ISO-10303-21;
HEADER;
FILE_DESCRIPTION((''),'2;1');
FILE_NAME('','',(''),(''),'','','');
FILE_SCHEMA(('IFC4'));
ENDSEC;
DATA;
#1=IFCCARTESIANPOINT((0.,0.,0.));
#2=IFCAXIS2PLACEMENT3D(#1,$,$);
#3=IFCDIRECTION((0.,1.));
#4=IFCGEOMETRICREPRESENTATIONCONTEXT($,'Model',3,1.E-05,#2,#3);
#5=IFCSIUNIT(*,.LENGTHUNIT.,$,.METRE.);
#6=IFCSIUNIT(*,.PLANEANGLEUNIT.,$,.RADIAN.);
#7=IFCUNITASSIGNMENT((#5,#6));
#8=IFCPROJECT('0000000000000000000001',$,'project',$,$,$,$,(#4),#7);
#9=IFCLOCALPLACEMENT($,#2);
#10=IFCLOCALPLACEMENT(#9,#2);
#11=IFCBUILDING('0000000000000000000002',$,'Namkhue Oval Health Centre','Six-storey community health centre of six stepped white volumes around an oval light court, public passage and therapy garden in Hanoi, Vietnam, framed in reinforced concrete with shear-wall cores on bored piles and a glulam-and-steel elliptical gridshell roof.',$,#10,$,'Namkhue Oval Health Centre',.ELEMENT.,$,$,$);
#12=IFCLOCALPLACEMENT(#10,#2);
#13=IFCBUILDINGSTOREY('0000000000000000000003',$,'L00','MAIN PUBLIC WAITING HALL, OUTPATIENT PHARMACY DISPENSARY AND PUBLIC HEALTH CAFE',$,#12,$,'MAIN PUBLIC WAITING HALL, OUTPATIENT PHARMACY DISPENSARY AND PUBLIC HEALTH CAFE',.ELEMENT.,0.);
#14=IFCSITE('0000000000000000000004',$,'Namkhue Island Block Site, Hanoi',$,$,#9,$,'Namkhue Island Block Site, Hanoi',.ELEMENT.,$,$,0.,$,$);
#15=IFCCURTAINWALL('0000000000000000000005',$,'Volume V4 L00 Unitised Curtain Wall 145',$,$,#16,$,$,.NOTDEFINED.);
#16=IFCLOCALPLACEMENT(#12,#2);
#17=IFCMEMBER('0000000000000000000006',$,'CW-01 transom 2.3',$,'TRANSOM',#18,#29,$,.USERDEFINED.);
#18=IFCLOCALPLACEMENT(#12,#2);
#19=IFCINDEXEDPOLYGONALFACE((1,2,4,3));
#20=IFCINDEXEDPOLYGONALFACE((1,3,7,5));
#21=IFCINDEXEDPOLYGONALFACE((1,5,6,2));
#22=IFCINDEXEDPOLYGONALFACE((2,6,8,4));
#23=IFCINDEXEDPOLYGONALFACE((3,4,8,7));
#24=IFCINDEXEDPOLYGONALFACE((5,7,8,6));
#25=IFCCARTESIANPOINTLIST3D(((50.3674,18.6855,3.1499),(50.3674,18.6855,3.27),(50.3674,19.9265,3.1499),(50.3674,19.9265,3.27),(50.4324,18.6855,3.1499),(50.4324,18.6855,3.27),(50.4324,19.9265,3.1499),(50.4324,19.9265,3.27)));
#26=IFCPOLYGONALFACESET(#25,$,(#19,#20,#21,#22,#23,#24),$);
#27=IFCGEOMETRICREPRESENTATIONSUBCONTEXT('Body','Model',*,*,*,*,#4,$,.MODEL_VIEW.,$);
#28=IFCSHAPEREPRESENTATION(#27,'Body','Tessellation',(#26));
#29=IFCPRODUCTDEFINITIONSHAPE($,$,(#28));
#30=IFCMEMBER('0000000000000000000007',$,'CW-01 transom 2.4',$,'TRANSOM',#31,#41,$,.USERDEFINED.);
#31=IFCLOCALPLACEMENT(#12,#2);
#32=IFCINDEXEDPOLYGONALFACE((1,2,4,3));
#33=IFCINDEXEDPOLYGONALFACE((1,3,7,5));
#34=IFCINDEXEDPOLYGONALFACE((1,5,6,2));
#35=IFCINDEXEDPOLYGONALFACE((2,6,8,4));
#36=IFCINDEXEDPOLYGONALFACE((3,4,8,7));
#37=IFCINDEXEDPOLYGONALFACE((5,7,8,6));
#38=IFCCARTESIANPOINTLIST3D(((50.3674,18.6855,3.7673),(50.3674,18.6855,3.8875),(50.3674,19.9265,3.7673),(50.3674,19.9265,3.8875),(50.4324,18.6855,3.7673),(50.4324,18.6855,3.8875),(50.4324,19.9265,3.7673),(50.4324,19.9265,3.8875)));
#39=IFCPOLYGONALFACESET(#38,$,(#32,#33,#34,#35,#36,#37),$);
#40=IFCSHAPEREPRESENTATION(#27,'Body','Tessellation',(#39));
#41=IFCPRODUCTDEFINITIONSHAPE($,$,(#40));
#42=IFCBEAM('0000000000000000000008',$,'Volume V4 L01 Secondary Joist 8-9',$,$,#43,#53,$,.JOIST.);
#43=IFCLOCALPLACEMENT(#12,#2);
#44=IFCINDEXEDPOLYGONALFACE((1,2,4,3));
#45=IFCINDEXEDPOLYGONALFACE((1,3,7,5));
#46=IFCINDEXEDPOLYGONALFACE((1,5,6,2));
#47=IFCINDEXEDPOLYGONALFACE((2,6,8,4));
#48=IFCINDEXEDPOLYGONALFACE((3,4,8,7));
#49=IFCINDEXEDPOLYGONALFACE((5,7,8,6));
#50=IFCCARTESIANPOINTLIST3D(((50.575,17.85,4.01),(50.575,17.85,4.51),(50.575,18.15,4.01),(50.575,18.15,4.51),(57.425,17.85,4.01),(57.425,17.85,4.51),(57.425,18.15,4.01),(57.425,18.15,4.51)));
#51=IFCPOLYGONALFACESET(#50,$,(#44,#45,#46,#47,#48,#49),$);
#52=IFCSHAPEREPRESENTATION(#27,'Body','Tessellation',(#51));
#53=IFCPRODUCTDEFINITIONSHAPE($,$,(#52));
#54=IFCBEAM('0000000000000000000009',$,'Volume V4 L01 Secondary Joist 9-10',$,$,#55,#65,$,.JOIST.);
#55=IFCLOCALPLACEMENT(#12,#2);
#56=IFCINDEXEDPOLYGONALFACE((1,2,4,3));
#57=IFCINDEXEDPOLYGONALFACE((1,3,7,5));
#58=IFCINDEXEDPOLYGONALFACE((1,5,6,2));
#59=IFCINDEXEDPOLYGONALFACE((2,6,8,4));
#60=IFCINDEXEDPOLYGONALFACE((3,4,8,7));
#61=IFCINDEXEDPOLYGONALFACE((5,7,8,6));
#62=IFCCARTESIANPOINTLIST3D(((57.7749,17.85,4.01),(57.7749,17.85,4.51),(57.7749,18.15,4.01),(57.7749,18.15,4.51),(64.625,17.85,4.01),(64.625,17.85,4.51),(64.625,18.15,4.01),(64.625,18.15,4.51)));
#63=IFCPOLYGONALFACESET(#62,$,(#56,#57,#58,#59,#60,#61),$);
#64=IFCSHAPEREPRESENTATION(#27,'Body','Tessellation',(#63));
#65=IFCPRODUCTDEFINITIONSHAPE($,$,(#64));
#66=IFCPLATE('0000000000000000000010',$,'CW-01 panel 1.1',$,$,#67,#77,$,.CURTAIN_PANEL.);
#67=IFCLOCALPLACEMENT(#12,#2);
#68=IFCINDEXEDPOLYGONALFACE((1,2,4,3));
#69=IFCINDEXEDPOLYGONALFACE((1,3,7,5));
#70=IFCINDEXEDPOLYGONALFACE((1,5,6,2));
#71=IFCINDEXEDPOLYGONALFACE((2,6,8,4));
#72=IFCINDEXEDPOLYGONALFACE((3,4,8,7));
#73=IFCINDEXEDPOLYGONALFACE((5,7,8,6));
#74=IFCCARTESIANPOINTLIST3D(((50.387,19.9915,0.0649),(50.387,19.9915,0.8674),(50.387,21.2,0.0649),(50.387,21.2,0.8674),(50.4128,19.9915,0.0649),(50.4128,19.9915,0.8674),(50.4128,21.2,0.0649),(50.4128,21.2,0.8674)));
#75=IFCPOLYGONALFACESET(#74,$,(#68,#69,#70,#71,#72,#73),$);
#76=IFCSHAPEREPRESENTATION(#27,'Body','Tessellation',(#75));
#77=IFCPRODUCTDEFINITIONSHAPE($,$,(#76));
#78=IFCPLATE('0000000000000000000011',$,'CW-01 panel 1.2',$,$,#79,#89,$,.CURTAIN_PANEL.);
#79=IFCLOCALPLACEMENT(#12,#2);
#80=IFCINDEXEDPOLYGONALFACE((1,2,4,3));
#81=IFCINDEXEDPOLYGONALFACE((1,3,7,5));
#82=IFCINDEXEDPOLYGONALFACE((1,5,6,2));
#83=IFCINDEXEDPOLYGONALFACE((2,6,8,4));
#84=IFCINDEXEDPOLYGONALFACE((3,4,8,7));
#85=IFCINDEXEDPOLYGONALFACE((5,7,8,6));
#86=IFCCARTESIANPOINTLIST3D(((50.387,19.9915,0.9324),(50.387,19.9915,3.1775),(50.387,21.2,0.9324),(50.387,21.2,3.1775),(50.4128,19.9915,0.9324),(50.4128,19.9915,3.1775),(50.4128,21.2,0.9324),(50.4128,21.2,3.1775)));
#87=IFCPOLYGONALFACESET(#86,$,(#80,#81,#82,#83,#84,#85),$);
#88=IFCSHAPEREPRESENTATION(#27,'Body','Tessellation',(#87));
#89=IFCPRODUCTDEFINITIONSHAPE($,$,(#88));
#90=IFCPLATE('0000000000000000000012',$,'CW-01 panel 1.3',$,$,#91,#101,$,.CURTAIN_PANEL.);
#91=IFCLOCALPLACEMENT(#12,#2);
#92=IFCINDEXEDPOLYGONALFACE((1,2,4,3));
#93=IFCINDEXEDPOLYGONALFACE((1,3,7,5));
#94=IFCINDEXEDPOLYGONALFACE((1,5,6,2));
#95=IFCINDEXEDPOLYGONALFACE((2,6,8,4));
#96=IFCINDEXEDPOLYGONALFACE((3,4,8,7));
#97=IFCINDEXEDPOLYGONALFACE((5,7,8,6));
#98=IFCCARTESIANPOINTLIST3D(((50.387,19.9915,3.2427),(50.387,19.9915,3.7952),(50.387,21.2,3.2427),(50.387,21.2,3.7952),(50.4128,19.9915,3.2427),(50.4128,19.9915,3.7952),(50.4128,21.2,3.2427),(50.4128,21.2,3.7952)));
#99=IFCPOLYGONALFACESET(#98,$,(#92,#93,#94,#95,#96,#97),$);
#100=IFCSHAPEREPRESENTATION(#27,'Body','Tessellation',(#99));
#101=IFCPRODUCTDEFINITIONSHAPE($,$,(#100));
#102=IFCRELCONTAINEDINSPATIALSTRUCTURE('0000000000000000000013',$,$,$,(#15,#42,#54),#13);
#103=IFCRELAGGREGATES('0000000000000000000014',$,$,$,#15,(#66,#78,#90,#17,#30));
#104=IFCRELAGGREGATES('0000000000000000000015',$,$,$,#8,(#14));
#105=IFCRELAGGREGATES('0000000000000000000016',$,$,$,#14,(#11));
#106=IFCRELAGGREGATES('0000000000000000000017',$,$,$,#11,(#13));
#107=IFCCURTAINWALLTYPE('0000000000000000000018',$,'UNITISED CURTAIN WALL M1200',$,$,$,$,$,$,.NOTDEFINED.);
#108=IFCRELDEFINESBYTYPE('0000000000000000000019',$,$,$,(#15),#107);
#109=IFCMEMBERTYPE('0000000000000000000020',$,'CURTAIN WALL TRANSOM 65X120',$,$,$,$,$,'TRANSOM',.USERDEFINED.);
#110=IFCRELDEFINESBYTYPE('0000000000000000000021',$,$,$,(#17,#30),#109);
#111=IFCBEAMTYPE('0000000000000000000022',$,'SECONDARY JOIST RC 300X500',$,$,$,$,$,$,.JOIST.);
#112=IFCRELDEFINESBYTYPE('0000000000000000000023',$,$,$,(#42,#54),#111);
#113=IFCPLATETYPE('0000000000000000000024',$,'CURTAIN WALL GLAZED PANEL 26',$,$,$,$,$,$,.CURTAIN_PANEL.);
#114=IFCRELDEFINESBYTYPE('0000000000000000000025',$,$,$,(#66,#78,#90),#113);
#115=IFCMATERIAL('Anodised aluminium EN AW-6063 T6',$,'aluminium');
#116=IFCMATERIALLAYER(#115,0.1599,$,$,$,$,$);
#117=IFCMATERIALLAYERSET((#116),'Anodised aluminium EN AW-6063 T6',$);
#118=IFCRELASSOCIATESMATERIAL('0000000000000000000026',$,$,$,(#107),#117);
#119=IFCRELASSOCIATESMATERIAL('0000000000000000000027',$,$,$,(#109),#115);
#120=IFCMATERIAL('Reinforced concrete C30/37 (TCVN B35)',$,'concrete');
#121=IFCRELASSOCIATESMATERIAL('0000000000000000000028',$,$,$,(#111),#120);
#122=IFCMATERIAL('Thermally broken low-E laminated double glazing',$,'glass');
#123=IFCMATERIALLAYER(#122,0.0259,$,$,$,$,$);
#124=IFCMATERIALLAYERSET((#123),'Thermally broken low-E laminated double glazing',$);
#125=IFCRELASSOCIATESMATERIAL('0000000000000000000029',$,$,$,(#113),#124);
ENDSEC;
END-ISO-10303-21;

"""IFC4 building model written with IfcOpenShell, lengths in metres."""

from ifc_helpers import new_model, si_unit, direction, frame, origin, origin_2d, place, context, subcontext, project, spatial, rectangle, extrude, material, layer, layer_set, material_profile, profile_set, type_object, element, aggregate, save


model = new_model("IFC4")

# Units and contexts
model_context = context("Model", 3, precision=1e-05, world=origin(), true_north=direction((0.0, 1.0)))
body_context = subcontext(model_context, "Body", "Model", "MODEL_VIEW")
ifc_project = project(units=[si_unit("LENGTHUNIT", "METRE"), si_unit("PLANEANGLEUNIT", "RADIAN")], contexts=[model_context])

# Site, building, storey
site_placement = place(None, origin())
site = spatial("IfcSite", under=ifc_project, at=site_placement, Name="Namkhue Island Block Site, Hanoi", LongName="Namkhue Island Block Site, Hanoi", CompositionType="ELEMENT", RefElevation=0.0)
building_placement = place(site_placement, origin())
building = spatial("IfcBuilding", under=site, at=building_placement, Name="Namkhue Oval Health Centre", Description="Six-storey community health centre of six stepped white volumes around an oval light court, public passage and therapy garden in Hanoi, Vietnam, framed in reinforced concrete with shear-wall cores on bored piles and a glulam-and-steel elliptical gridshell roof.", LongName="Namkhue Oval Health Centre", CompositionType="ELEMENT")
storey_placement = place(building_placement, origin())
storey = spatial("IfcBuildingStorey", under=building, at=storey_placement, Name="L00", Description="MAIN PUBLIC WAITING HALL, OUTPATIENT PHARMACY DISPENSARY AND PUBLIC HEALTH CAFE", LongName="MAIN PUBLIC WAITING HALL, OUTPATIENT PHARMACY DISPENSARY AND PUBLIC HEALTH CAFE", CompositionType="ELEMENT", Elevation=0.0)

# Shared definitions
ifc_material_1 = material(Name="Reinforced concrete C30/37 (TCVN B35)", Category="concrete")

# Curtain wall, members
ifc_material_2 = material(Name="Anodised aluminium EN AW-6063 T6", Category="aluminium")
ifc_layer_1 = layer(ifc_material_2, 0.1599)
ifc_layer_set_1 = layer_set([ifc_layer_1], Name="Anodised aluminium EN AW-6063 T6")
curtain_wall_type = type_object("IfcCurtainWallType", Name="UNITISED CURTAIN WALL M1200", PredefinedType="NOTDEFINED", material=ifc_layer_set_1)
curtain_wall_placement = place(storey_placement, origin())
curtain_wall = element("IfcCurtainWall", 1, at=curtain_wall_placement, inside=storey, type_object=curtain_wall_type, Name="Volume V4 L00 Unitised Curtain Wall 145", PredefinedType="NOTDEFINED")
ifc_material_profile_1 = material_profile(ifc_material_2, rectangle(XDim=0.0649, YDim=0.1201, at=origin_2d()), Name="ALU 65x120")
ifc_profile_set_1 = profile_set([ifc_material_profile_1], Name="Anodised aluminium EN AW-6063 T6")
member_type_1 = type_object("IfcMemberType", Name="CURTAIN WALL TRANSOM 65X120", ElementType="TRANSOM", PredefinedType="USERDEFINED", material=ifc_profile_set_1)
member_1_placement = place(storey_placement, frame((50.3999, 19.9265, 3.21), z_axis=(0.0, -1.0, 0.0), x_axis=(1.0, 0.0, 0.0)))
member_1 = element("IfcMember", 2, at=member_1_placement, type_object=member_type_1, Name="CW-01 transom 2.3", ObjectType="TRANSOM", PredefinedType="USERDEFINED", context=body_context, shape_type="SweptSolid", body=[
    extrude(rectangle(XDim=0.0649, YDim=0.1201, at=origin_2d()), origin(), (0.0, 0.0, 1.0), 1.241),
])
member_2_placement = place(storey_placement, frame((50.3999, 19.9265, 3.8274), z_axis=(0.0, -1.0, 0.0), x_axis=(1.0, 0.0, 0.0)))
member_2 = element("IfcMember", 3, at=member_2_placement, type_object=member_type_1, Name="CW-01 transom 2.4", ObjectType="TRANSOM", PredefinedType="USERDEFINED", context=body_context, shape_type="SweptSolid", body=[
    extrude(rectangle(XDim=0.0649, YDim=0.1201, at=origin_2d()), origin(), (0.0, 0.0, 1.0), 1.241),
])

# Beams
ifc_material_profile_2 = material_profile(ifc_material_1, rectangle(XDim=0.3, YDim=0.5, at=origin_2d()), Name="RC 300x500")
ifc_profile_set_2 = profile_set([ifc_material_profile_2], Name="Reinforced concrete C30/37 (TCVN B35)")
beam_type = type_object("IfcBeamType", Name="SECONDARY JOIST RC 300X500", PredefinedType="JOIST", material=ifc_profile_set_2)
for number, where, z_axis, x_axis, name in (
    (4, (50.575, 18.0, 4.26), (1.0, 0.0, 0.0), (0.0, 1.0, 0.0), "Volume V4 L01 Secondary Joist 8-9"),
    (5, (57.7749, 18.0, 4.26), (1.0, 0.0, 0.0), (0.0, 1.0, 0.0), "Volume V4 L01 Secondary Joist 9-10"),
):
    element("IfcBeam", number, at=place(storey_placement, frame(where, z_axis=z_axis, x_axis=x_axis)), inside=storey, type_object=beam_type, Name=name, PredefinedType="JOIST", context=body_context, shape_type="SweptSolid", body=[
        extrude(rectangle(XDim=0.3, YDim=0.5, at=origin_2d()), origin(), (0.0, 0.0, 1.0), 6.8501),
    ])

# Plates
ifc_material_3 = material(Name="Thermally broken low-E laminated double glazing", Category="glass")
ifc_layer_2 = layer(ifc_material_3, 0.0259)
ifc_layer_set_2 = layer_set([ifc_layer_2], Name="Thermally broken low-E laminated double glazing")
plate_type = type_object("IfcPlateType", Name="CURTAIN WALL GLAZED PANEL 26", PredefinedType="CURTAIN_PANEL", material=ifc_layer_set_2)
plate_1_placement = place(storey_placement, frame((50.3999, 20.5957, 0.0649), z_axis=(0.0, 0.0, 1.0), x_axis=(0.0, -1.0, 0.0)))
plate_1 = element("IfcPlate", 6, at=plate_1_placement, type_object=plate_type, Name="CW-01 panel 1.1", PredefinedType="CURTAIN_PANEL", context=body_context, shape_type="SweptSolid", body=[
    extrude(rectangle(XDim=1.2085, YDim=0.0259, at=origin_2d()), origin(), (0.0, 0.0, 1.0), 0.8025),
])
plate_2_placement = place(storey_placement, frame((50.3999, 20.5957, 0.9324), z_axis=(0.0, 0.0, 1.0), x_axis=(0.0, -1.0, 0.0)))
plate_2 = element("IfcPlate", 7, at=plate_2_placement, type_object=plate_type, Name="CW-01 panel 1.2", PredefinedType="CURTAIN_PANEL", context=body_context, shape_type="SweptSolid", body=[
    extrude(rectangle(XDim=1.2085, YDim=0.0259, at=origin_2d()), origin(), (0.0, 0.0, 1.0), 2.2451),
])
plate_3_placement = place(storey_placement, frame((50.3999, 20.5957, 3.2427), z_axis=(0.0, 0.0, 1.0), x_axis=(0.0, -1.0, 0.0)))
plate_3 = element("IfcPlate", 8, at=plate_3_placement, type_object=plate_type, Name="CW-01 panel 1.3", PredefinedType="CURTAIN_PANEL", context=body_context, shape_type="SweptSolid", body=[
    extrude(rectangle(XDim=1.2085, YDim=0.0259, at=origin_2d()), origin(), (0.0, 0.0, 1.0), 0.5525),
])
aggregate(curtain_wall, [plate_1, plate_2, plate_3, member_1, member_2])

save(model, "model.ifc")
